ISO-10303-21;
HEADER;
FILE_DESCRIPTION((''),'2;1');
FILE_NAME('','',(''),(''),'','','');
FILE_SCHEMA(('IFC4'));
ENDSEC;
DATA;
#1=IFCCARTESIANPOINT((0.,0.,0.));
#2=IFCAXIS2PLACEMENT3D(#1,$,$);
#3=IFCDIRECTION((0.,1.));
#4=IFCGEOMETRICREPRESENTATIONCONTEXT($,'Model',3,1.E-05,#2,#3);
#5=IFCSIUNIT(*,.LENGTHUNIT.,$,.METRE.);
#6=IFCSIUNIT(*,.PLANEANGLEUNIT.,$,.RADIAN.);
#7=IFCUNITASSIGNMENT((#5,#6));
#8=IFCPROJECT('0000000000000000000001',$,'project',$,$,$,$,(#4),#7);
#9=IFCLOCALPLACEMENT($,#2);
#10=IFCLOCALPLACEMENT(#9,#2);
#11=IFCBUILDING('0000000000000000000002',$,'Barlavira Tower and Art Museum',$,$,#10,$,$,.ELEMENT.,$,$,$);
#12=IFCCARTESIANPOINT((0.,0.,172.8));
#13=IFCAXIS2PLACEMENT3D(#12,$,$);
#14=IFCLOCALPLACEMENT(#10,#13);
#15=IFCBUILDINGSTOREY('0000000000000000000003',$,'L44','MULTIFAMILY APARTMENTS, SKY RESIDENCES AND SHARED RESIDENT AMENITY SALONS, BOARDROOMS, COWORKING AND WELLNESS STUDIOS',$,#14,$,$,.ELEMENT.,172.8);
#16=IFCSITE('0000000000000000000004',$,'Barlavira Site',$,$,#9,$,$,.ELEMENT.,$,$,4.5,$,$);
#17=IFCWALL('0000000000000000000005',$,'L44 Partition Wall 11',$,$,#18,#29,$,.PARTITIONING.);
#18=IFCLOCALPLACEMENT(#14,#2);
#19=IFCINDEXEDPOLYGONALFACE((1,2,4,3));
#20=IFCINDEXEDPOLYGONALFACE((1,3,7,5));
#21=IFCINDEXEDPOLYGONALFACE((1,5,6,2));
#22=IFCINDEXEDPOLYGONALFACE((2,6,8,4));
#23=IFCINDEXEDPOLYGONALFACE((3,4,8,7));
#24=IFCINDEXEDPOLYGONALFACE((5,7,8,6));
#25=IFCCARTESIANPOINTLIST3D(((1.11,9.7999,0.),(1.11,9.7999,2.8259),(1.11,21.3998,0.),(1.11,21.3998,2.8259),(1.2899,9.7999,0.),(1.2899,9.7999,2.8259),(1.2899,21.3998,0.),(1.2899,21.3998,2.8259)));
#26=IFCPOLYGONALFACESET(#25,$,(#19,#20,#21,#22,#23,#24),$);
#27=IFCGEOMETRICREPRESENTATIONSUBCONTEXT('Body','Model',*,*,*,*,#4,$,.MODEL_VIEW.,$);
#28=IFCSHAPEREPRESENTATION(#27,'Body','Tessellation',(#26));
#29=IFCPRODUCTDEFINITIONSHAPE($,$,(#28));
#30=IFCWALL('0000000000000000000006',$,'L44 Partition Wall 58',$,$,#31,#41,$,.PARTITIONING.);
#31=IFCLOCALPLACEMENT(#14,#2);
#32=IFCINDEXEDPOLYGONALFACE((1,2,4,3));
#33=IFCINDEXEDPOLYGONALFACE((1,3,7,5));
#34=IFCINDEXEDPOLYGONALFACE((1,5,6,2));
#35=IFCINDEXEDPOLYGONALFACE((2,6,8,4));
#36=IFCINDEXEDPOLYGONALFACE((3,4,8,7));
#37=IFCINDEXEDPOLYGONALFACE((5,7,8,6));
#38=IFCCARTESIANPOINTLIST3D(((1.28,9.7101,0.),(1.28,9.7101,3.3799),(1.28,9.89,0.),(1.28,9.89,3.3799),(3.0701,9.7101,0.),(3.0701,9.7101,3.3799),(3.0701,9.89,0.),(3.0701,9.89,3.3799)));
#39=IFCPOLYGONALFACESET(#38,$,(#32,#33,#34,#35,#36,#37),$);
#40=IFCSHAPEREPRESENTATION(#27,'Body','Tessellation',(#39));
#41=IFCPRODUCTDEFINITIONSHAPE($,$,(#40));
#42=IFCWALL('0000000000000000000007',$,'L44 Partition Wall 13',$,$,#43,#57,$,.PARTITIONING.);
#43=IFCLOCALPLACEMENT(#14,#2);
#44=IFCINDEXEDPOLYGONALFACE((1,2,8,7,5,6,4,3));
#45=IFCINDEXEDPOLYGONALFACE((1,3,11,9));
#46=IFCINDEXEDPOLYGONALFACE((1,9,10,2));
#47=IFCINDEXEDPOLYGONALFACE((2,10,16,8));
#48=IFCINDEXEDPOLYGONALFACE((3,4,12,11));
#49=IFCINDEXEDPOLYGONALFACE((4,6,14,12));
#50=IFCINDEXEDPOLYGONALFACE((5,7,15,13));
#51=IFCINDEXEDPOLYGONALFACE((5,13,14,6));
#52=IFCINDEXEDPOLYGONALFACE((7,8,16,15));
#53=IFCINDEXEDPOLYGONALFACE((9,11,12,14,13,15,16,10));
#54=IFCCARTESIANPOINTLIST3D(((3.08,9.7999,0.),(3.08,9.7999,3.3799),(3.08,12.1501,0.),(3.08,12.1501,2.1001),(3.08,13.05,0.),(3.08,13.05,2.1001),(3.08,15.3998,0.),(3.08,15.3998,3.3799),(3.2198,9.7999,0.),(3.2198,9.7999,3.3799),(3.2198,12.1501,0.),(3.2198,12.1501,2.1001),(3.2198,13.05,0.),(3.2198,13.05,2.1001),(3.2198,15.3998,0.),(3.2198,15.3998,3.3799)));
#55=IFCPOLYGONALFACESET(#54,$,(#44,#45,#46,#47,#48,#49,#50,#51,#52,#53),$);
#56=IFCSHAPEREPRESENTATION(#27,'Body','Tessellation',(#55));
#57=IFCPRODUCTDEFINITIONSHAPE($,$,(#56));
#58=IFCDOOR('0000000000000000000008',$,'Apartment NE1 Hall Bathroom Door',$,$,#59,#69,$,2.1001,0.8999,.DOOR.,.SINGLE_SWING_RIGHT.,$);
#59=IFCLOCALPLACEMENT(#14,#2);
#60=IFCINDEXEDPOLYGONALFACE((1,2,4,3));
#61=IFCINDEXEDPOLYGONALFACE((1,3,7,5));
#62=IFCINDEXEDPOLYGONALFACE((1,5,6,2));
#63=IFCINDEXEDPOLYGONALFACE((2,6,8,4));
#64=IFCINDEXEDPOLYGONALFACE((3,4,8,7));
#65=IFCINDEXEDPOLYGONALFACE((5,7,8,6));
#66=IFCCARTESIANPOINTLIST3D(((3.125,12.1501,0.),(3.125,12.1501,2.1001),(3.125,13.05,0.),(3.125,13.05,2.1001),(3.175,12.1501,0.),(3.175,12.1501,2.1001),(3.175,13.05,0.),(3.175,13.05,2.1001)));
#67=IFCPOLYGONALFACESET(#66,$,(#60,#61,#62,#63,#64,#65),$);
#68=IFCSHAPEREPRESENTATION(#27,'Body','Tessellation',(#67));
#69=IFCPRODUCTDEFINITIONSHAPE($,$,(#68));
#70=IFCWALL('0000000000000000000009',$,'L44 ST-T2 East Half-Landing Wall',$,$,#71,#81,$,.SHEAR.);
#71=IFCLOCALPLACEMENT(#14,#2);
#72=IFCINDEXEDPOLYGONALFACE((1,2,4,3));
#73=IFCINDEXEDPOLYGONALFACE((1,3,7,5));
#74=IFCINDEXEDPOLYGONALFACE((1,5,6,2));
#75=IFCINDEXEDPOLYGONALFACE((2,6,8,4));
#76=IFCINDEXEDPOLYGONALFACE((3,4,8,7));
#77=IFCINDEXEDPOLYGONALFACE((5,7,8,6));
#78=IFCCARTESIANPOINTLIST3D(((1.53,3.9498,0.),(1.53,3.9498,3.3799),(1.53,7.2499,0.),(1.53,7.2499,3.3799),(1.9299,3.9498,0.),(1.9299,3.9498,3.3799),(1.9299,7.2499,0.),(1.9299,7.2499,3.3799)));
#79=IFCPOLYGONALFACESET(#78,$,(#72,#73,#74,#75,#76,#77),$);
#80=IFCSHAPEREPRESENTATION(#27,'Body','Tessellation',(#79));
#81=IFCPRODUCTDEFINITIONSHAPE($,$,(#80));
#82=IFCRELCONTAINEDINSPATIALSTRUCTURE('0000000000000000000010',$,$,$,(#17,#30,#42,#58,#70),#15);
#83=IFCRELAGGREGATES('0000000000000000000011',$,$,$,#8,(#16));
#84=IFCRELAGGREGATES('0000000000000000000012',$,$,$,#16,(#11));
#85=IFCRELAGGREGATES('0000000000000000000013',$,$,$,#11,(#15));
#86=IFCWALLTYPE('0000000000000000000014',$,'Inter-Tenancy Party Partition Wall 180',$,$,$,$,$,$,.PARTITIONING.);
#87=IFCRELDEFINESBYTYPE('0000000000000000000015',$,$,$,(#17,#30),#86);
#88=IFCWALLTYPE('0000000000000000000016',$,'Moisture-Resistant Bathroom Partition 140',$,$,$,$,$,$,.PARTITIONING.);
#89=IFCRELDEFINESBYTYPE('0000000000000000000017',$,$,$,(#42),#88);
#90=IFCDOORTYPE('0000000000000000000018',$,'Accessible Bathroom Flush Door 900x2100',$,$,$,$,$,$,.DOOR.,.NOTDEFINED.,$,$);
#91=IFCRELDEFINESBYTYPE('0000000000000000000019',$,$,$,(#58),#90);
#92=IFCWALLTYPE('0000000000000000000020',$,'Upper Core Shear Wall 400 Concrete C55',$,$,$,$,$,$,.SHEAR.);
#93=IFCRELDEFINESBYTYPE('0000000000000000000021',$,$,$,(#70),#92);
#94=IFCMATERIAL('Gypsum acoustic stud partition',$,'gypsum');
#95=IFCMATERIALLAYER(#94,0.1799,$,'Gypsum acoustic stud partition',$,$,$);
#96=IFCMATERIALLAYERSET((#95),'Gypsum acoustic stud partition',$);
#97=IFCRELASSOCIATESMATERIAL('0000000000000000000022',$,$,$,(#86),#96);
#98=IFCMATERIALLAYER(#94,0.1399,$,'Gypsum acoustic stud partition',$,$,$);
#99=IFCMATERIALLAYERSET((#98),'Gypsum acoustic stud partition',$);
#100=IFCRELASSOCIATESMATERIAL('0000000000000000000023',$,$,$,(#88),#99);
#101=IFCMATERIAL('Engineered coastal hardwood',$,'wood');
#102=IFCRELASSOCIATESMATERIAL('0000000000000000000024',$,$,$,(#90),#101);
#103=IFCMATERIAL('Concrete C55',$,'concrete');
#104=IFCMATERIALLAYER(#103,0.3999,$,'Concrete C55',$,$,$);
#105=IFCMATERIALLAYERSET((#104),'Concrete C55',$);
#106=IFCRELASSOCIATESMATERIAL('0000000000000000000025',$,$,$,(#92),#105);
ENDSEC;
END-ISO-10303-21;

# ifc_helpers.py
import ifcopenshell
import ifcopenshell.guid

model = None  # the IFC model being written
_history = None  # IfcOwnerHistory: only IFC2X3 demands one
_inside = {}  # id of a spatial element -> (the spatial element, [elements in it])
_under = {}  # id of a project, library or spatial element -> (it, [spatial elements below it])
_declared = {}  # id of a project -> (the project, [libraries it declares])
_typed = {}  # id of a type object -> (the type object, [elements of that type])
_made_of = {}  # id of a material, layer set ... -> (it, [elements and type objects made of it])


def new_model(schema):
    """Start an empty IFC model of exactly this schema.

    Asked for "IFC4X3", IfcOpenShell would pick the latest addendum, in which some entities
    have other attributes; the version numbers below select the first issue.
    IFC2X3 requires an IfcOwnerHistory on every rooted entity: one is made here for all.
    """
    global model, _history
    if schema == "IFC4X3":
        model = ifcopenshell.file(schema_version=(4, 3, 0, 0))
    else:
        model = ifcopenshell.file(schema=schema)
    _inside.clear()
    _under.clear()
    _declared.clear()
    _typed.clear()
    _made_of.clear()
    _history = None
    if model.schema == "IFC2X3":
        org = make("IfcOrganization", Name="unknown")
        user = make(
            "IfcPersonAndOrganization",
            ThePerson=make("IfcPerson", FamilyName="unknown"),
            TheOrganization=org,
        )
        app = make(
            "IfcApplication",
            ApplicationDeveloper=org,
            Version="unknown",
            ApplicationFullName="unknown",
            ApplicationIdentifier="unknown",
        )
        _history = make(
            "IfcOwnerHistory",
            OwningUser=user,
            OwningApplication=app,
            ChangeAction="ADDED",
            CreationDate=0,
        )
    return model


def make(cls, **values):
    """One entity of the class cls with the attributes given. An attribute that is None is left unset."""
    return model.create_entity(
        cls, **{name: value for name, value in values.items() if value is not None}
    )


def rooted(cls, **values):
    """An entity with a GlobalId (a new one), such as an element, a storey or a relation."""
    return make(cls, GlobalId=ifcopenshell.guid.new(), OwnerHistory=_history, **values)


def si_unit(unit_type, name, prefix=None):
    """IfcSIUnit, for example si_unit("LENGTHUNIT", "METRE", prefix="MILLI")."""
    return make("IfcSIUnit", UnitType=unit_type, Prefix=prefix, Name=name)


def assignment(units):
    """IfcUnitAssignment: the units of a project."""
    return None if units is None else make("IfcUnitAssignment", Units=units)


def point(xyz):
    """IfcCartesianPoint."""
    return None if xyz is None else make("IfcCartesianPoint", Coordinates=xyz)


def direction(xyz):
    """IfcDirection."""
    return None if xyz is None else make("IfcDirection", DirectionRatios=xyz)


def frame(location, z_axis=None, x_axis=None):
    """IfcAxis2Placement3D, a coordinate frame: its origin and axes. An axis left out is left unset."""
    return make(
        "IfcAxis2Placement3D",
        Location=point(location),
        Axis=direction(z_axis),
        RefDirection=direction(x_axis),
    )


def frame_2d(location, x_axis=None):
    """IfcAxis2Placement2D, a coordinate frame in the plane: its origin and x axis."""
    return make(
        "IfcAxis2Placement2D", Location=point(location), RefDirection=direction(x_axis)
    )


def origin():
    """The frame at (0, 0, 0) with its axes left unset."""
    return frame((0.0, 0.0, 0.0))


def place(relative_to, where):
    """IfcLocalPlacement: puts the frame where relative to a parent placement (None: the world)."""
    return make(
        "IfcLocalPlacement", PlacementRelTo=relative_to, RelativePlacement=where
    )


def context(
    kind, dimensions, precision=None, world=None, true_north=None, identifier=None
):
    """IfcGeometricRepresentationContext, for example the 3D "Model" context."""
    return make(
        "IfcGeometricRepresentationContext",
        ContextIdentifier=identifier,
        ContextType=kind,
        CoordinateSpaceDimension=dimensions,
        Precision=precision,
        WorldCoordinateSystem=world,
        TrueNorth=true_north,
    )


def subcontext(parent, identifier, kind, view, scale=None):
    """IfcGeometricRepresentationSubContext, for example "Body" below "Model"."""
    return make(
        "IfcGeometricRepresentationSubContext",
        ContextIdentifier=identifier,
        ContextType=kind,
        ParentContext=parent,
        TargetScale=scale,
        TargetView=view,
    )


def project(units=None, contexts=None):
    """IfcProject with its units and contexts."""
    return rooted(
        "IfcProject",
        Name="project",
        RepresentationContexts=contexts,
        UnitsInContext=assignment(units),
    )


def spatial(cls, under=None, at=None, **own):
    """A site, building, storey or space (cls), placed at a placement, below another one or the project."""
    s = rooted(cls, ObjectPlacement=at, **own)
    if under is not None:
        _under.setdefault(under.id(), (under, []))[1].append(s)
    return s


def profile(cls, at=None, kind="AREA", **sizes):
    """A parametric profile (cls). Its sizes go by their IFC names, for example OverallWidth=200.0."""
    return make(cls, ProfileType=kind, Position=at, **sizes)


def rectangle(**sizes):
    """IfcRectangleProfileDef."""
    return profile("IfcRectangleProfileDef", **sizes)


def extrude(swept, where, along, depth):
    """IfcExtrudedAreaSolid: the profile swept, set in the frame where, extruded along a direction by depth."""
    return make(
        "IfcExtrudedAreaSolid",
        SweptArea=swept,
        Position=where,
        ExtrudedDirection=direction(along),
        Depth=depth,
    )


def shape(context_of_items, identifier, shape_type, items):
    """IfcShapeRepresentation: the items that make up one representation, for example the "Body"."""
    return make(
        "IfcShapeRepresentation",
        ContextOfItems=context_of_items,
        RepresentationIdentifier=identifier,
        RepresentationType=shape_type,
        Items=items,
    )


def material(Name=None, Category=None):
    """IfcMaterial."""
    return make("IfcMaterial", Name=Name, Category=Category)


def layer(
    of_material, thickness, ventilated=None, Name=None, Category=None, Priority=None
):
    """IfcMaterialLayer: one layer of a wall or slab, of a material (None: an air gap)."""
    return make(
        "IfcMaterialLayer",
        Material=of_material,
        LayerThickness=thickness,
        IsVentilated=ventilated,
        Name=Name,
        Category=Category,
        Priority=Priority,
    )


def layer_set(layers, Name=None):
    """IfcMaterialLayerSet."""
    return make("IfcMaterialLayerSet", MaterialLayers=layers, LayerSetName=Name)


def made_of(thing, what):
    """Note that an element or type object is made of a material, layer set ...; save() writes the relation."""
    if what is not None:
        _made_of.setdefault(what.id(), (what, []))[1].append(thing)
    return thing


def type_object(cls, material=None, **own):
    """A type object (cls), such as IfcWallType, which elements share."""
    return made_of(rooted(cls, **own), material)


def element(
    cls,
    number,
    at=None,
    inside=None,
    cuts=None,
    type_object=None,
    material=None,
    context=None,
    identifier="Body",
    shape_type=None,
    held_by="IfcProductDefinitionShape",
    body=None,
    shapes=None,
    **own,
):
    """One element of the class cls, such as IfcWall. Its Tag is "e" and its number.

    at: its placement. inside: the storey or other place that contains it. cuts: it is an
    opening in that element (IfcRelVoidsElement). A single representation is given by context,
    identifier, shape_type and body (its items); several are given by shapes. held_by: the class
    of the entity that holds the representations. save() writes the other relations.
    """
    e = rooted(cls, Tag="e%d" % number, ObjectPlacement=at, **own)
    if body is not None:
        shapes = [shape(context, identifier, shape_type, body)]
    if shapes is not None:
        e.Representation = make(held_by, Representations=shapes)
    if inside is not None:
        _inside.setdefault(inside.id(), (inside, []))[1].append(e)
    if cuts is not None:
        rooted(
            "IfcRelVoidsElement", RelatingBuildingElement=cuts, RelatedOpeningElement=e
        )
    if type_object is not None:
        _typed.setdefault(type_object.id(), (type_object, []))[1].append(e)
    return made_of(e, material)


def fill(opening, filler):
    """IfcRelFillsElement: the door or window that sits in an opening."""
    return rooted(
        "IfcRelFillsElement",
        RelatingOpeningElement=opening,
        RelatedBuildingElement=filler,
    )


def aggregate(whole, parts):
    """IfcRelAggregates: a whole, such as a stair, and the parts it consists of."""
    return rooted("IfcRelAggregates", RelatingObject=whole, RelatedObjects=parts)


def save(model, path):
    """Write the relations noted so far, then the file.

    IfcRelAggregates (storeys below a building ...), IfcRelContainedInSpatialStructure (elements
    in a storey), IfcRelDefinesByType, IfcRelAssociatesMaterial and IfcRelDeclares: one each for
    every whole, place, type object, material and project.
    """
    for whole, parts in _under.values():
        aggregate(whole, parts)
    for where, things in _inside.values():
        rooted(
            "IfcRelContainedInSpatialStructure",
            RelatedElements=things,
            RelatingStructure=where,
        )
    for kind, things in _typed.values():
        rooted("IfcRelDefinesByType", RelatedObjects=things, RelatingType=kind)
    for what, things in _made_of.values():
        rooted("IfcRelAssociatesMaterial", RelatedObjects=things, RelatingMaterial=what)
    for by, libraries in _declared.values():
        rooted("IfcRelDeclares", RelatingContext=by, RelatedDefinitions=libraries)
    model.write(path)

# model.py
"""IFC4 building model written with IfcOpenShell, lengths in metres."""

from ifc_helpers import new_model, si_unit, direction, frame, frame_2d, origin, place, context, subcontext, project, spatial, rectangle, extrude, material, layer, layer_set, type_object, element, fill, save


model = new_model("IFC4")

# Units and contexts
model_context = context("Model", 3, precision=1e-05, world=origin(), true_north=direction((0.0, 1.0)))
body_context = subcontext(model_context, "Body", "Model", "MODEL_VIEW")
ifc_project = project(units=[si_unit("LENGTHUNIT", "METRE"), si_unit("PLANEANGLEUNIT", "RADIAN")], contexts=[model_context])

# Site, building, storey
site_placement = place(None, origin())
site = spatial("IfcSite", under=ifc_project, at=site_placement, Name="Barlavira Site", CompositionType="ELEMENT", RefElevation=4.5)
building_placement = place(site_placement, origin())
building = spatial("IfcBuilding", under=site, at=building_placement, Name="Barlavira Tower and Art Museum", CompositionType="ELEMENT")
storey_placement = place(building_placement, frame((0.0, 0.0, 172.8)))
storey = spatial("IfcBuildingStorey", under=building, at=storey_placement, Name="L44", Description="MULTIFAMILY APARTMENTS, SKY RESIDENCES AND SHARED RESIDENT AMENITY SALONS, BOARDROOMS, COWORKING AND WELLNESS STUDIOS", CompositionType="ELEMENT", Elevation=172.8)

# Shared definitions
ifc_material_1 = material(Name="Gypsum acoustic stud partition", Category="gypsum")
ifc_material_2 = material(Name="Engineered coastal hardwood", Category="wood")

# Walls
ifc_layer_1 = layer(ifc_material_1, 0.1799, Name="Gypsum acoustic stud partition")
ifc_layer_set_1 = layer_set([ifc_layer_1], Name="Gypsum acoustic stud partition")
wall_type_1 = type_object("IfcWallType", Name="Inter-Tenancy Party Partition Wall 180", PredefinedType="PARTITIONING", material=ifc_layer_set_1)
wall_1_placement = place(storey_placement, frame((1.2, 9.8, 0.0), z_axis=(0.0, 0.0, 1.0), x_axis=(0.0, 1.0, 0.0)))
element("IfcWall", 1, at=wall_1_placement, inside=storey, type_object=wall_type_1, Name="L44 Partition Wall 11", PredefinedType="PARTITIONING", context=body_context, shape_type="SweptSolid", body=[
    extrude(rectangle(XDim=11.5999, YDim=0.1799, at=frame_2d((5.7998, 0.0))), origin(), (0.0, 0.0, 1.0), 2.8259),
])
wall_2_placement = place(storey_placement, frame((1.28, 9.8, 0.0), z_axis=(0.0, 0.0, 1.0), x_axis=(1.0, 0.0, 0.0)))
element("IfcWall", 2, at=wall_2_placement, inside=storey, type_object=wall_type_1, Name="L44 Partition Wall 58", PredefinedType="PARTITIONING", context=body_context, shape_type="SweptSolid", body=[
    extrude(rectangle(XDim=1.79, YDim=0.1799, at=frame_2d((0.895, 0.0))), origin(), (0.0, 0.0, 1.0), 3.3799),
])

# Wall, opening, door
ifc_layer_2 = layer(ifc_material_1, 0.1399, Name="Gypsum acoustic stud partition")
ifc_layer_set_2 = layer_set([ifc_layer_2], Name="Gypsum acoustic stud partition")
wall_type_2 = type_object("IfcWallType", Name="Moisture-Resistant Bathroom Partition 140", PredefinedType="PARTITIONING", material=ifc_layer_set_2)
wall_3_placement = place(storey_placement, frame((3.1499, 9.8, 0.0), z_axis=(0.0, 0.0, 1.0), x_axis=(0.0, 1.0, 0.0)))
wall_3 = element("IfcWall", 3, at=wall_3_placement, inside=storey, type_object=wall_type_2, Name="L44 Partition Wall 13", PredefinedType="PARTITIONING", context=body_context, shape_type="SweptSolid", body=[
    extrude(rectangle(XDim=5.5999, YDim=0.1399, at=frame_2d((2.7998, 0.0))), origin(), (0.0, 0.0, 1.0), 3.3799),
])
opening_1_placement = place(wall_3_placement, frame((2.3501, 0.0, 0.0)))
opening_1 = element("IfcOpeningElement", 4, at=opening_1_placement, cuts=wall_3, PredefinedType="OPENING", context=body_context, shape_type="SweptSolid", body=[
    extrude(rectangle(XDim=0.8999, YDim=2.1001, at=frame_2d((0.45, 1.05))), frame((0.0, 0.0801, 0.0), z_axis=(0.0, -1.0, 0.0), x_axis=(1.0, 0.0, 0.0)), (0.0, 0.0, 1.0), 0.1599),
])
door_type_1 = type_object("IfcDoorType", Name="Accessible Bathroom Flush Door 900x2100", OperationType="NOTDEFINED", PredefinedType="DOOR", material=ifc_material_2)
door_1_placement = place(opening_1_placement, origin())
door_1 = element("IfcDoor", 5, at=door_1_placement, inside=storey, type_object=door_type_1, Name="Apartment NE1 Hall Bathroom Door", OperationType="SINGLE_SWING_RIGHT", OverallHeight=2.1001, OverallWidth=0.8999, PredefinedType="DOOR", context=body_context, shape_type="SweptSolid", body=[
    extrude(rectangle(XDim=0.8999, YDim=2.1001, at=frame_2d((0.45, 1.05))), frame((0.0, 0.0249, 0.0), z_axis=(0.0, -1.0, 0.0), x_axis=(1.0, 0.0, 0.0)), (0.0, 0.0, 1.0), 0.05),
])
fill(opening_1, door_1)

# Wall
ifc_material_3 = material(Name="Concrete C55", Category="concrete")
ifc_layer_3 = layer(ifc_material_3, 0.3999, Name="Concrete C55")
ifc_layer_set_3 = layer_set([ifc_layer_3], Name="Concrete C55")
wall_type_3 = type_object("IfcWallType", Name="Upper Core Shear Wall 400 Concrete C55", PredefinedType="SHEAR", material=ifc_layer_set_3)
wall_4_placement = place(storey_placement, frame((1.73, 3.95, 0.0), z_axis=(0.0, 0.0, 1.0), x_axis=(0.0, 1.0, 0.0)))
element("IfcWall", 6, at=wall_4_placement, inside=storey, type_object=wall_type_3, Name="L44 ST-T2 East Half-Landing Wall", PredefinedType="SHEAR", context=body_context, shape_type="SweptSolid", body=[
    extrude(rectangle(XDim=3.3, YDim=0.3999, at=frame_2d((1.6499, 0.0))), origin(), (0.0, 0.0, 1.0), 3.3799),
])

save(model, "model.ifc")
